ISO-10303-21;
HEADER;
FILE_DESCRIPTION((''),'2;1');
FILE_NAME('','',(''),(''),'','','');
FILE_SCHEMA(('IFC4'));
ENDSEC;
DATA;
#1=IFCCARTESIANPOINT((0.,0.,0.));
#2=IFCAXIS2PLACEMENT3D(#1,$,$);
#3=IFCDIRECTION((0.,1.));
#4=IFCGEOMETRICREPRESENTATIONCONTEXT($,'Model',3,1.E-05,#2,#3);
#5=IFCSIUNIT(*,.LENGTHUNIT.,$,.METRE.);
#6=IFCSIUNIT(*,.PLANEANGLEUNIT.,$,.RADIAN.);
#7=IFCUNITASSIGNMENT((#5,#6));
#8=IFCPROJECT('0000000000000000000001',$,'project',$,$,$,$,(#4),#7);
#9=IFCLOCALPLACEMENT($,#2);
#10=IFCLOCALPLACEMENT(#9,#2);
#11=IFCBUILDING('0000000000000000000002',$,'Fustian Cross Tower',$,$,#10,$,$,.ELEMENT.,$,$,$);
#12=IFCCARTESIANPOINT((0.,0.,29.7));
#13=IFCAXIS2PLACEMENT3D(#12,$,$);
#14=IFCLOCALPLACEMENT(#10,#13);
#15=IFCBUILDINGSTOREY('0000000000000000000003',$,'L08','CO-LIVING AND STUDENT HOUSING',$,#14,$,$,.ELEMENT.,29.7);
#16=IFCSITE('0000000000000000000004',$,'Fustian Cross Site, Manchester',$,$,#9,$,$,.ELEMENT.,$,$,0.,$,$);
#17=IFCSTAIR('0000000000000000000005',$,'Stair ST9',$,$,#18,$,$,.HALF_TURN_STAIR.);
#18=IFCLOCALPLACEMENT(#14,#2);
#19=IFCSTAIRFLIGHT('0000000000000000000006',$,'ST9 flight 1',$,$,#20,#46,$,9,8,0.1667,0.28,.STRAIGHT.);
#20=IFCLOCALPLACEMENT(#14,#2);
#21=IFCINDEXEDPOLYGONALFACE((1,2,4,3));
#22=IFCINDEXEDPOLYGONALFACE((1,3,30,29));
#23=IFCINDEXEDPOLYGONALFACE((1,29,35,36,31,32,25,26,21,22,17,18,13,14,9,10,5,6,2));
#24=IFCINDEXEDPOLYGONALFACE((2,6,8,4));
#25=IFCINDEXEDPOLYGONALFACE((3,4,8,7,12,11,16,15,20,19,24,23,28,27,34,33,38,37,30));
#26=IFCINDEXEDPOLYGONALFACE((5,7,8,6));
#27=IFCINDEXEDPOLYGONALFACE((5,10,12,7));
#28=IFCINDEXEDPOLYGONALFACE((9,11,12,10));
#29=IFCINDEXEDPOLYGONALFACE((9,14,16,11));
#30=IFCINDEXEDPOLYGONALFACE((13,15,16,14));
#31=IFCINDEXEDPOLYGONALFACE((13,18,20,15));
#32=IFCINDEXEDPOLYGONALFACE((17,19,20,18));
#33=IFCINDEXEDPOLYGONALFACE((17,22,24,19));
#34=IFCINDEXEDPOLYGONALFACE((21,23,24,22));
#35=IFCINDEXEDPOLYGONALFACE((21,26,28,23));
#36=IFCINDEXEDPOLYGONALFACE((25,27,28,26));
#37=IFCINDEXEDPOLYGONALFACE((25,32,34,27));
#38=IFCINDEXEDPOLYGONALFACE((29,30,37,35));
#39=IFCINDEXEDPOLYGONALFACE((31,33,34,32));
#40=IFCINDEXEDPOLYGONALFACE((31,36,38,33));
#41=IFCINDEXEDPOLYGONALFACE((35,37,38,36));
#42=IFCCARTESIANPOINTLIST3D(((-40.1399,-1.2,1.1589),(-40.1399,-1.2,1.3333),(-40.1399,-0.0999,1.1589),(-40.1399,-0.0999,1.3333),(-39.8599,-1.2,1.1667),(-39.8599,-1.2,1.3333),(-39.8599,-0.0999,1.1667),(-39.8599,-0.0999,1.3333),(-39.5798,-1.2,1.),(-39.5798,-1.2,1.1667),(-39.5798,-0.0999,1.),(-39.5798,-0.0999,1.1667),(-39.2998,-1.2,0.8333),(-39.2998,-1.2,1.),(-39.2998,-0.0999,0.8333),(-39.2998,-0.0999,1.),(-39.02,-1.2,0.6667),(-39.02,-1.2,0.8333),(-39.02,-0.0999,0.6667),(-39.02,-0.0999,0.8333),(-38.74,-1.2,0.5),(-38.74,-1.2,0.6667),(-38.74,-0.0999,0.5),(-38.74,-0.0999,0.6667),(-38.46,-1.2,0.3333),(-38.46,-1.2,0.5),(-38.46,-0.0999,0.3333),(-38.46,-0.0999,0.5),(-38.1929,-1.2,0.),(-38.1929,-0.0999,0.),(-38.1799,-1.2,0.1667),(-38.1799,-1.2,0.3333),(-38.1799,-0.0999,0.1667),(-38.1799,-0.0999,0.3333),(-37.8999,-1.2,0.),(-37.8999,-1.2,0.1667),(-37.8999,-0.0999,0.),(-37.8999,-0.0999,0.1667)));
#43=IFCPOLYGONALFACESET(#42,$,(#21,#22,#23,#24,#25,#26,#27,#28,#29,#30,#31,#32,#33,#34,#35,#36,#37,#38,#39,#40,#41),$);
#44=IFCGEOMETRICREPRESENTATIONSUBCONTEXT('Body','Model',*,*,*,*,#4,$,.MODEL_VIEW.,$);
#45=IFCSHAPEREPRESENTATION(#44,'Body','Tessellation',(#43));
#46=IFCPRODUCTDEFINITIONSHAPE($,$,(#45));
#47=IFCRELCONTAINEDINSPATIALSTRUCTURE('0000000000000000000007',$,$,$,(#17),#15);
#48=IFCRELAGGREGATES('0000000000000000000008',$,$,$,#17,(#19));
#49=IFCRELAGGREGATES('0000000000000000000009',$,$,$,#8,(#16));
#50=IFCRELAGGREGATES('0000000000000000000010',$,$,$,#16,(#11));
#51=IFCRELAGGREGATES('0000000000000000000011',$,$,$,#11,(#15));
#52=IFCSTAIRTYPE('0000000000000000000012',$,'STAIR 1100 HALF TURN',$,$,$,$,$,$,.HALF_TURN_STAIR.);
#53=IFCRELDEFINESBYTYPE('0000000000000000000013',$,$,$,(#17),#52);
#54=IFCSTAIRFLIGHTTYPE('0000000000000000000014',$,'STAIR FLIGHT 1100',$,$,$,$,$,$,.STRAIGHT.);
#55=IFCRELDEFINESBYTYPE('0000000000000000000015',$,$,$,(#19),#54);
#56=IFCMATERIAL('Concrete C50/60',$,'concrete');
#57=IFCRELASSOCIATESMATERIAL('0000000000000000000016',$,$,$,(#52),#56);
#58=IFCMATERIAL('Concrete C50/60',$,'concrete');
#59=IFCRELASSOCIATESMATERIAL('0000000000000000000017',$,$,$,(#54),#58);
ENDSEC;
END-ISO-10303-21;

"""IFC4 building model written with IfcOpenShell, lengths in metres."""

from ifc_helpers import new_model, si_unit, direction, frame, origin, place, context, subcontext, project, spatial, polyline, outline, extrude, material, type_object, element, aggregate, save


model = new_model("IFC4")

# Units and contexts
model_context = context("Model", 3, precision=1e-05, world=origin(), true_north=direction((0.0, 1.0)))
body_context = subcontext(model_context, "Body", "Model", "MODEL_VIEW")
ifc_project = project(units=[si_unit("LENGTHUNIT", "METRE"), si_unit("PLANEANGLEUNIT", "RADIAN")], contexts=[model_context])

# Site, building, storey
site_placement = place(None, origin())
site = spatial("IfcSite", under=ifc_project, at=site_placement, Name="Fustian Cross Site, Manchester", CompositionType="ELEMENT", RefElevation=0.0)
building_placement = place(site_placement, origin())
building = spatial("IfcBuilding", under=site, at=building_placement, Name="Fustian Cross Tower", CompositionType="ELEMENT")
storey_placement = place(building_placement, frame((0.0, 0.0, 29.7)))
storey = spatial("IfcBuildingStorey", under=building, at=storey_placement, Name="L08", Description="CO-LIVING AND STUDENT HOUSING", CompositionType="ELEMENT", Elevation=29.7)

# Stair, stair flight
ifc_material_1 = material(Name="Concrete C50/60", Category="concrete")
stair_type = type_object("IfcStairType", Name="STAIR 1100 HALF TURN", PredefinedType="HALF_TURN_STAIR", material=ifc_material_1)
stair_placement = place(storey_placement, origin())
stair = element("IfcStair", 1, at=stair_placement, inside=storey, type_object=stair_type, Name="Stair ST9", PredefinedType="HALF_TURN_STAIR")
ifc_material_2 = material(Name="Concrete C50/60", Category="concrete")
stair_flight_type = type_object("IfcStairFlightType", Name="STAIR FLIGHT 1100", PredefinedType="STRAIGHT", material=ifc_material_2)
stair_flight_placement = place(storey_placement, frame((-37.8999, -0.6499, 0.0), z_axis=(0.0, 0.0, 1.0), x_axis=(-1.0, 0.0, 0.0)))
stair_flight = element("IfcStairFlight", 2, at=stair_flight_placement, type_object=stair_flight_type, Name="ST9 flight 1", NumberOfRisers=9, NumberOfTreads=8, PredefinedType="STRAIGHT", RiserHeight=0.1667, TreadLength=0.28, context=body_context, shape_type="SweptSolid", body=[
    extrude(outline(polyline([(0.0, 0.0), (0.0, 0.1667), (0.28, 0.1667), (0.28, 0.3333), (0.5601, 0.3333), (0.5601, 0.5), (0.8401, 0.5), (0.8401, 0.6667), (1.1201, 0.6667), (1.1201, 0.8333), (1.3999, 0.8333), (1.3999, 1.0), (1.6799, 1.0), (1.6799, 1.1667), (1.96, 1.1667), (1.96, 1.3333), (2.24, 1.3333), (2.24, 1.5), (2.24, 1.1589), (0.293, 0.0), (0.0, 0.0)])), frame((0.0, 0.55, 0.0), z_axis=(0.0, -1.0, 0.0), x_axis=(1.0, 0.0, 0.0)), (0.0, 0.0, 1.0), 1.1001),
])
aggregate(stair, [stair_flight])

save(model, "model.ifc")
